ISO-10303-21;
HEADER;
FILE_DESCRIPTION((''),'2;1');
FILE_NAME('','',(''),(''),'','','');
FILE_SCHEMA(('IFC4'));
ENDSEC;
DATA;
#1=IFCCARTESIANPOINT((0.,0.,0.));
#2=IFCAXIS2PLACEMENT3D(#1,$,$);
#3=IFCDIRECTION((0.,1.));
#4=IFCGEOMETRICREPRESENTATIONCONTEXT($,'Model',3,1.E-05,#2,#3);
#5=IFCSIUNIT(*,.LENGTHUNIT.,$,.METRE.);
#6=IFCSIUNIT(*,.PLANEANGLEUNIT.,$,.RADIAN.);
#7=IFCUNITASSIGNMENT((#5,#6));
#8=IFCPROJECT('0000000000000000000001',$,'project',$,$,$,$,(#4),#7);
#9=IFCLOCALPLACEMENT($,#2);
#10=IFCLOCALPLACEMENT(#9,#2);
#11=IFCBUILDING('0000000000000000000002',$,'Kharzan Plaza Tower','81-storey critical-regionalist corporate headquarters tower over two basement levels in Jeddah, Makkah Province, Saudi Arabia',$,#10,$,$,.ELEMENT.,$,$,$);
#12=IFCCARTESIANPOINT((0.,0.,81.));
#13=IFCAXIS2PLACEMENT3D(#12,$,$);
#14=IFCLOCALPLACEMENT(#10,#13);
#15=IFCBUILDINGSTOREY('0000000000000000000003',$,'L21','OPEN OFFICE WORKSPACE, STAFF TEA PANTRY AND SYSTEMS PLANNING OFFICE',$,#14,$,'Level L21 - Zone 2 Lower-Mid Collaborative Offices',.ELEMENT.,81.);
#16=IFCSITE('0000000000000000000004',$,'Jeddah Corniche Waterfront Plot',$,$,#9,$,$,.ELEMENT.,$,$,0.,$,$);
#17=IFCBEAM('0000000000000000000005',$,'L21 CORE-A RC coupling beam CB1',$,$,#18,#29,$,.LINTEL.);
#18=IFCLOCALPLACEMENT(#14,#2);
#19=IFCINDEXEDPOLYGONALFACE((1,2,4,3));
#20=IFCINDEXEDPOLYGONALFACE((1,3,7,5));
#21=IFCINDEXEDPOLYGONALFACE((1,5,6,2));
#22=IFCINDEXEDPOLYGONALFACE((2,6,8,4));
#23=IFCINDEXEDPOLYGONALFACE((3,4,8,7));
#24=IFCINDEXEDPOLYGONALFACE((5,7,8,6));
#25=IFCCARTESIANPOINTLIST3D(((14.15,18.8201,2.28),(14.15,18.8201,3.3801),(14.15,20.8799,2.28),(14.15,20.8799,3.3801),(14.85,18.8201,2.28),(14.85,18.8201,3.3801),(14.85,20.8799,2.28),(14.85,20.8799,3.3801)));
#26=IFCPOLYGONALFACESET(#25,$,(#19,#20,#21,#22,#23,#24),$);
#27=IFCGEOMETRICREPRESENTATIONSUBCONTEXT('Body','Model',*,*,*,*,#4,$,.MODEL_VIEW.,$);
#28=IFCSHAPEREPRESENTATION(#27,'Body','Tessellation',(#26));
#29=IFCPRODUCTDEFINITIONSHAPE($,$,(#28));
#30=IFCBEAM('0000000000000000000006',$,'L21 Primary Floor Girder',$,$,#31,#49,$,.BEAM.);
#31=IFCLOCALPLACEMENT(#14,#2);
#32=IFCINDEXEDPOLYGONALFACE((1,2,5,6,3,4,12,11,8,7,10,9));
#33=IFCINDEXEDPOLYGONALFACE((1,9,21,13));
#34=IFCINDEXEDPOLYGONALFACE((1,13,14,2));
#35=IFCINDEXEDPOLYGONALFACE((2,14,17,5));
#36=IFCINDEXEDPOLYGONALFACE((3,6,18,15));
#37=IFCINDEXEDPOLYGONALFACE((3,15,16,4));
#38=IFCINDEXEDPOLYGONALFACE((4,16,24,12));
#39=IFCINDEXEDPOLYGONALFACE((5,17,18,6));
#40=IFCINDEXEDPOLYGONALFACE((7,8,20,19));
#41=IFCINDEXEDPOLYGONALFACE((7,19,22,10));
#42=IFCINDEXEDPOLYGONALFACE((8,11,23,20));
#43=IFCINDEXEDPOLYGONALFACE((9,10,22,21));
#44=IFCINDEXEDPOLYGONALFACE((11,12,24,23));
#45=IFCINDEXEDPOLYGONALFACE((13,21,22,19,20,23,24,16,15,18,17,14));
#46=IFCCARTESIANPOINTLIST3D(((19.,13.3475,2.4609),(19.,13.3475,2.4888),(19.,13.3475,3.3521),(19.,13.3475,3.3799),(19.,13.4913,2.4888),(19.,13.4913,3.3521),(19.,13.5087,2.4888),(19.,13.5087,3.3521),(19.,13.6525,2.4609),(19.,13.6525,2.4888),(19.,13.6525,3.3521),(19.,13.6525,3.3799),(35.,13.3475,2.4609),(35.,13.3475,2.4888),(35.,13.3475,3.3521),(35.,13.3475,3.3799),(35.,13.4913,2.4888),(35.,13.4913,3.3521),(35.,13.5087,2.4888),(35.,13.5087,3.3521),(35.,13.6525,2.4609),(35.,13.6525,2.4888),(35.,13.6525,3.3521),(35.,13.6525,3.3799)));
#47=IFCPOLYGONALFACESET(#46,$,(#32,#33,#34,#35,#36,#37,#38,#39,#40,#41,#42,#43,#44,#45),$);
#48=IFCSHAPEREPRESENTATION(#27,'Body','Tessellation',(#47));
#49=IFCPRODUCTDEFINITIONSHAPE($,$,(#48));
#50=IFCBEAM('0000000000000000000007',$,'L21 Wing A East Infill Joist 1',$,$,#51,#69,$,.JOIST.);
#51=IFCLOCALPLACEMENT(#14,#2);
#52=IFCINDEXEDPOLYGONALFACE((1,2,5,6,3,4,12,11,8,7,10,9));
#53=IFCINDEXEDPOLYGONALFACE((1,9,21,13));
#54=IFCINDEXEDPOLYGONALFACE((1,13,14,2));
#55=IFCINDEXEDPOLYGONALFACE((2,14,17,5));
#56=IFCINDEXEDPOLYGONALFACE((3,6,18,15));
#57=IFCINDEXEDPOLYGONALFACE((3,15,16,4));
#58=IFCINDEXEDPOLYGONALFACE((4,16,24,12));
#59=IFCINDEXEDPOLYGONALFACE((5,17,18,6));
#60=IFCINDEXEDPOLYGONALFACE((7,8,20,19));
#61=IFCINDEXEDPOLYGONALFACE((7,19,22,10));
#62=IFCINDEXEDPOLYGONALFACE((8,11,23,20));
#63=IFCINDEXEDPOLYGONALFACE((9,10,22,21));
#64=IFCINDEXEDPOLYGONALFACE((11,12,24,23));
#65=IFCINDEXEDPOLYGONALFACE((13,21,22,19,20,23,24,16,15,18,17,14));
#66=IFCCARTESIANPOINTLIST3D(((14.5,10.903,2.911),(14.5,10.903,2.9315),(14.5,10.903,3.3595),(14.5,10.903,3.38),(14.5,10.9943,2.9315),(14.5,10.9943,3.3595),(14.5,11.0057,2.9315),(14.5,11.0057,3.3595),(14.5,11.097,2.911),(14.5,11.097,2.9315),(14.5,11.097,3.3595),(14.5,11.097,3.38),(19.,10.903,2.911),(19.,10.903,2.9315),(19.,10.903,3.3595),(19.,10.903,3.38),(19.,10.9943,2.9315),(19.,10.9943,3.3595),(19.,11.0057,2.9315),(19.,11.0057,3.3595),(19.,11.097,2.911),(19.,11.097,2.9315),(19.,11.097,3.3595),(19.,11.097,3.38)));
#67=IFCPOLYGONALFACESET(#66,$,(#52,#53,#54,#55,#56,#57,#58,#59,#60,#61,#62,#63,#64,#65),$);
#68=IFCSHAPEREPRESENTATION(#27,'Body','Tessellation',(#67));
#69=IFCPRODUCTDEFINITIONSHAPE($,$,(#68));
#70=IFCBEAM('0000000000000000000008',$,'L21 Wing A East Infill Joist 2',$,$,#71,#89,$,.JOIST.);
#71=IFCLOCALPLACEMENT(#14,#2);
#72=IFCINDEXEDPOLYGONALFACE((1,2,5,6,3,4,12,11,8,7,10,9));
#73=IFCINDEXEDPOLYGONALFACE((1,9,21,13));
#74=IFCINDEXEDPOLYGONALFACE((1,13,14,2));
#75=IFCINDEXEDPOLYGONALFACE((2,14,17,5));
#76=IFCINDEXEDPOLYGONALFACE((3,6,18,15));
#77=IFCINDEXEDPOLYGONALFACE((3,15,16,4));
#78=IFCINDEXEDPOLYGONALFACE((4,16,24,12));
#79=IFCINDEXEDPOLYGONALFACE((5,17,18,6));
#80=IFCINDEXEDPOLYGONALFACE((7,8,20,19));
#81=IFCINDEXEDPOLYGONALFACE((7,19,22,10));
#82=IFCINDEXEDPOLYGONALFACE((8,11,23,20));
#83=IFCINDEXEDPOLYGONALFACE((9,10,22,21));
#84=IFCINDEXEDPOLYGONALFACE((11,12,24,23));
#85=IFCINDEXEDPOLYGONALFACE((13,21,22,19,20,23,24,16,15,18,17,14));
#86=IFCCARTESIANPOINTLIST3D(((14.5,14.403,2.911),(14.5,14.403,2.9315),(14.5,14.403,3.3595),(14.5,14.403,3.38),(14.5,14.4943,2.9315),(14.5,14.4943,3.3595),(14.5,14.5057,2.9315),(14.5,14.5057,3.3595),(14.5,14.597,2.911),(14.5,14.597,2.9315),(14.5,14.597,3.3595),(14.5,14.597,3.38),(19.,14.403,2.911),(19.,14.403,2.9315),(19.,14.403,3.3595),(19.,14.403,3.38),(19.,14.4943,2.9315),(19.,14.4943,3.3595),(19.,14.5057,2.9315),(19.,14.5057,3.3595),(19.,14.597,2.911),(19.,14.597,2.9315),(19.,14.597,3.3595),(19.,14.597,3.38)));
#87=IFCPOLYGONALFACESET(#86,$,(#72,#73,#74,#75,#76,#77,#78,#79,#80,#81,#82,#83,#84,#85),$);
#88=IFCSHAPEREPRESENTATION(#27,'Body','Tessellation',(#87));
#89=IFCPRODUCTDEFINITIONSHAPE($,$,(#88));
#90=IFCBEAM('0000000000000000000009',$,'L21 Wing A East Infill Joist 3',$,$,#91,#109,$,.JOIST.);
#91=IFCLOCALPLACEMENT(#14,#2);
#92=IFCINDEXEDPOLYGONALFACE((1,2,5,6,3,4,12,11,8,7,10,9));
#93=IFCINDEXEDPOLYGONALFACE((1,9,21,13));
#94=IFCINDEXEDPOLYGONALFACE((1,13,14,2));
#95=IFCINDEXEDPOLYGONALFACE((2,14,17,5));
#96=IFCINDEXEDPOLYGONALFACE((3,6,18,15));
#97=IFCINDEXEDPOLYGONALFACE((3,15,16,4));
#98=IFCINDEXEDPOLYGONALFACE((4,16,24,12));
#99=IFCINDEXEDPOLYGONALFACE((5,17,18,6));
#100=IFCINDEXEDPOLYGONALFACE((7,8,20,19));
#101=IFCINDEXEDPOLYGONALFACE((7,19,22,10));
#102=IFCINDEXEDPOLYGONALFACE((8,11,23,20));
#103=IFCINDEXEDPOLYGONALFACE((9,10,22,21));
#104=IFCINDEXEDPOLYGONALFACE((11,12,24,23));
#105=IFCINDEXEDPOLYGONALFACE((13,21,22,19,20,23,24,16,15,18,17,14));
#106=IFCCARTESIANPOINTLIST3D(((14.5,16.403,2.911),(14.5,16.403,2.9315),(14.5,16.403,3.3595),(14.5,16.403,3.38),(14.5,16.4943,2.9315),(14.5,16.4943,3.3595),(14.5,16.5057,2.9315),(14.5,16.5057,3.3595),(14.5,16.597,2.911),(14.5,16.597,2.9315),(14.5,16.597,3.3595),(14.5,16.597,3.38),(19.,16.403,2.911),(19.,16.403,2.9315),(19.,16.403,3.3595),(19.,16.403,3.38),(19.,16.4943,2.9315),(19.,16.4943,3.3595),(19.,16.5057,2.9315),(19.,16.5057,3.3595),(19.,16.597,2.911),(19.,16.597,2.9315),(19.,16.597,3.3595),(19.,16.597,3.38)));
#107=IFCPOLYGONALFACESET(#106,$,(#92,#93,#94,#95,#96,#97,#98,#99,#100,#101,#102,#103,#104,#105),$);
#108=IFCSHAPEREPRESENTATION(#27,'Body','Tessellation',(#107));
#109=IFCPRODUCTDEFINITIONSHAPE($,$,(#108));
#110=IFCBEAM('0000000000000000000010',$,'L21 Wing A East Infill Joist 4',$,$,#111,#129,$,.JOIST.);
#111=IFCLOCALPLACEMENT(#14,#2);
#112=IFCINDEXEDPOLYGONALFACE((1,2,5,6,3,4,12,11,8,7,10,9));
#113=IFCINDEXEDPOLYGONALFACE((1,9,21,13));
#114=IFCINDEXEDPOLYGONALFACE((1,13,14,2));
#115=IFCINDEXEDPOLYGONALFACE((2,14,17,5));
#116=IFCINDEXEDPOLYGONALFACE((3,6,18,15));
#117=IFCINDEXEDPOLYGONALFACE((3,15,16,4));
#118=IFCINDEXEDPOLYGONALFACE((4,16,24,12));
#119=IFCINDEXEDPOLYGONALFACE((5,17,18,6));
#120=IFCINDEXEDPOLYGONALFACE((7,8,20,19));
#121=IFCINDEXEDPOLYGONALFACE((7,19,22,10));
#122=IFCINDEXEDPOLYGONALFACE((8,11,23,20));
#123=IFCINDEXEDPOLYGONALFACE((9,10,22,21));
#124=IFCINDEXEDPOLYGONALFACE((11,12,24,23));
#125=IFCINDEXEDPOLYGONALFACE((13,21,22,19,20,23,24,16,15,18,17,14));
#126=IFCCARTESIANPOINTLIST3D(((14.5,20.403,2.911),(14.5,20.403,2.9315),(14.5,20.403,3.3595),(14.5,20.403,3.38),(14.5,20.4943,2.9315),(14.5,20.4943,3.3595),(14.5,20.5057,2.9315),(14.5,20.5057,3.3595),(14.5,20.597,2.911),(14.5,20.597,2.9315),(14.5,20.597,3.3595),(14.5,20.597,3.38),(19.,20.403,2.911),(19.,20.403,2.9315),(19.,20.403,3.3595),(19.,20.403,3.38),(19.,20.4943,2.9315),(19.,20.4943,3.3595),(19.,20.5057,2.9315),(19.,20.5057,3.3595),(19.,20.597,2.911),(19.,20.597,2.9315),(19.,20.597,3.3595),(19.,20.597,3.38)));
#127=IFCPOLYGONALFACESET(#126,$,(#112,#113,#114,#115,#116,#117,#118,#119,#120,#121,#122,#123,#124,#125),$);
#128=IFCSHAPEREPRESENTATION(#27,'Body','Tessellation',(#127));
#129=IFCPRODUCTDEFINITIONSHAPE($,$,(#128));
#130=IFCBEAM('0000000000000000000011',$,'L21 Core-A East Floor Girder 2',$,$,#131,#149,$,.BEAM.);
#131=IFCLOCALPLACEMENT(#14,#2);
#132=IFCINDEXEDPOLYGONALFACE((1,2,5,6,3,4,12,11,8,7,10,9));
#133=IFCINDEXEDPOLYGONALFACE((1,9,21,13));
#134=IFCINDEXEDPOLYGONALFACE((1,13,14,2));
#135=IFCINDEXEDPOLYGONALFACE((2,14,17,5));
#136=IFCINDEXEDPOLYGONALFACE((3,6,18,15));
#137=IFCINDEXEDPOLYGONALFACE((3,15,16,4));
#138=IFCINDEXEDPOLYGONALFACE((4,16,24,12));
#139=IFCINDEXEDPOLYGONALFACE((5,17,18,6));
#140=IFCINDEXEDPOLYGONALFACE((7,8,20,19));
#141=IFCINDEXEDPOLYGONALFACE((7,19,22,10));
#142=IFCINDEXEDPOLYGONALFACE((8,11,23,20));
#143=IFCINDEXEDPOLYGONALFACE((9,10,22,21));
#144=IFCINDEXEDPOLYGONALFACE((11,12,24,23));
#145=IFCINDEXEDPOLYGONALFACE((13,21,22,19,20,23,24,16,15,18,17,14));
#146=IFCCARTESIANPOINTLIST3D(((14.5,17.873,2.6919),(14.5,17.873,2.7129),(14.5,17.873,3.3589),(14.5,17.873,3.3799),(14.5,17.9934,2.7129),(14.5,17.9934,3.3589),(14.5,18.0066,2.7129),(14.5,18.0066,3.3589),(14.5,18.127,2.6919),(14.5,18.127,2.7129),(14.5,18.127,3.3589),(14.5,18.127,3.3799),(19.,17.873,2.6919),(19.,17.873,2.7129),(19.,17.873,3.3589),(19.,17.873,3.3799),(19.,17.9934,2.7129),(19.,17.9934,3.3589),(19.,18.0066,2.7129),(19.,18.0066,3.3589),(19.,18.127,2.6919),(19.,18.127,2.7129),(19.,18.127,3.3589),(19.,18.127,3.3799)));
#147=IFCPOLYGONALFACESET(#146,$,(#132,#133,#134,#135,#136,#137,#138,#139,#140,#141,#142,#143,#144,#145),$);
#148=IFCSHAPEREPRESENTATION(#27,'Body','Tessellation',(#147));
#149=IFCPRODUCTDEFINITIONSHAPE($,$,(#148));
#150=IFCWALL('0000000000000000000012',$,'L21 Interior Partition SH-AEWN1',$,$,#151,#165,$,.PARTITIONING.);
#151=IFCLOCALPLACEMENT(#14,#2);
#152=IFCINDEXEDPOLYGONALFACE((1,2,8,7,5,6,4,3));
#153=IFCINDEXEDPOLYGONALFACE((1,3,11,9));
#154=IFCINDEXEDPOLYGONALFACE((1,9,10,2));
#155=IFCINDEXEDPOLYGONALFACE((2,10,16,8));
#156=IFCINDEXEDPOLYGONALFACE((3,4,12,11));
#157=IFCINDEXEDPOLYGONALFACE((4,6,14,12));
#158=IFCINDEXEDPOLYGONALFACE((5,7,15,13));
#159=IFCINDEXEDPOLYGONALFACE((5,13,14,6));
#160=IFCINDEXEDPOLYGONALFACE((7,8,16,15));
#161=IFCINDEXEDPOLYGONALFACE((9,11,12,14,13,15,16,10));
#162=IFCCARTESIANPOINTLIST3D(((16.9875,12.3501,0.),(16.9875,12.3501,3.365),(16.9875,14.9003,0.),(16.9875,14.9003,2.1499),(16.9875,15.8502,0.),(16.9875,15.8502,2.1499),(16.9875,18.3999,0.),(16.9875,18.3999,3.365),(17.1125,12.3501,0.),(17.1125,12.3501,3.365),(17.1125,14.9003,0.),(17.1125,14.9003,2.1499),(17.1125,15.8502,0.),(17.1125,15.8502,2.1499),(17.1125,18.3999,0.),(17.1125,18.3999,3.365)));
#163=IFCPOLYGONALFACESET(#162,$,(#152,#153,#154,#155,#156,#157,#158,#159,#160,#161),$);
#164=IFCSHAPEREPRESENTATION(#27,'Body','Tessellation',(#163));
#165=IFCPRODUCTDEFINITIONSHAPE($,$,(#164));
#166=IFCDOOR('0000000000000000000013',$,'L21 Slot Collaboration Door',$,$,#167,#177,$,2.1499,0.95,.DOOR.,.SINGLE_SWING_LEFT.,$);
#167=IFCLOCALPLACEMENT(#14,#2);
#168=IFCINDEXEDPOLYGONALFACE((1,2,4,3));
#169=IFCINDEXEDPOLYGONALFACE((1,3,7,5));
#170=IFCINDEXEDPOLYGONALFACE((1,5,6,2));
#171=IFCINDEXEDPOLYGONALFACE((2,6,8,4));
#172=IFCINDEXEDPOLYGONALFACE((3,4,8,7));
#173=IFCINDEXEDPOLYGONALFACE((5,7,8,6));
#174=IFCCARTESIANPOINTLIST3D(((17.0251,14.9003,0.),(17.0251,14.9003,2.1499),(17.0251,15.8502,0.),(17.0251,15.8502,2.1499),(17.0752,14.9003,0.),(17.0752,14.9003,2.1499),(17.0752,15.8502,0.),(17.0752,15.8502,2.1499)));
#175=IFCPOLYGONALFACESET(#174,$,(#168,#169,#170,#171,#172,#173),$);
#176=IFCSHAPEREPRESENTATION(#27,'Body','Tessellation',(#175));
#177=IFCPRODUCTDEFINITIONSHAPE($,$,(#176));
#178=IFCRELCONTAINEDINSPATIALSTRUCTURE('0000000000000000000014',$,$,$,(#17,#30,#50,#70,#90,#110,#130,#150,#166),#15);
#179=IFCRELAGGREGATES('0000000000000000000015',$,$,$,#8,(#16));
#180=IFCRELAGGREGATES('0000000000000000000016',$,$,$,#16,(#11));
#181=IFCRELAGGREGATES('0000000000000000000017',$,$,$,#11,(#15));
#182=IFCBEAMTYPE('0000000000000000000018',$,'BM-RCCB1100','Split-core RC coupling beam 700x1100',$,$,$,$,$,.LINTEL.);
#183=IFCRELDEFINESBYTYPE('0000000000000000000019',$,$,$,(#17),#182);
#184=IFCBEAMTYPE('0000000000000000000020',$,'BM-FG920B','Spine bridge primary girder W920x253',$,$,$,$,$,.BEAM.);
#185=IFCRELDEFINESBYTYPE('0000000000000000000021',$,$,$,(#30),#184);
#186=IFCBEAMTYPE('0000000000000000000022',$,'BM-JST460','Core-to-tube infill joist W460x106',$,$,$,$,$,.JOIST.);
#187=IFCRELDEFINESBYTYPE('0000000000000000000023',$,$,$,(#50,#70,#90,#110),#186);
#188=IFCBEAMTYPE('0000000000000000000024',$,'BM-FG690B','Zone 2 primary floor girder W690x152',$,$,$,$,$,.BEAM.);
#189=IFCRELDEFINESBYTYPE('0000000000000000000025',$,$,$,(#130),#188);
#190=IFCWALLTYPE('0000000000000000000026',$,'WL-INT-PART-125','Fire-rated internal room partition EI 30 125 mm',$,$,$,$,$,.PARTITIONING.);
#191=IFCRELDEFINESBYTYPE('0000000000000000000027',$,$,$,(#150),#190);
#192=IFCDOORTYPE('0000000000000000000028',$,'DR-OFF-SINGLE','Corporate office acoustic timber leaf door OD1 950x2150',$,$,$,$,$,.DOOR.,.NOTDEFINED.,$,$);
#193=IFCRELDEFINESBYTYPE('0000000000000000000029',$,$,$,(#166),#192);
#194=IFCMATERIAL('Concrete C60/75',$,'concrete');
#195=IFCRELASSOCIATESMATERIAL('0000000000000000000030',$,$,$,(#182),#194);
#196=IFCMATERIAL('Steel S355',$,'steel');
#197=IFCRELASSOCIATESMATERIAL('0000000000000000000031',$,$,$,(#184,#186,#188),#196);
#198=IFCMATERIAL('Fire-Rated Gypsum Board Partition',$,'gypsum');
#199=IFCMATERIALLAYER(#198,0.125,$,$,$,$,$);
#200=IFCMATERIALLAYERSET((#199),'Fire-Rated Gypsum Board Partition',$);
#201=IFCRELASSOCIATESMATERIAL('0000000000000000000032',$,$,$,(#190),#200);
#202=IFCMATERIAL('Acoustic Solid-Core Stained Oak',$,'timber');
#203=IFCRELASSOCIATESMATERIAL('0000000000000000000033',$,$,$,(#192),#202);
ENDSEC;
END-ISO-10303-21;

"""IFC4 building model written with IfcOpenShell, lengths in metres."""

from ifc_helpers import new_model, si_unit, direction, frame, frame_2d, origin, origin_2d, place, context, subcontext, project, spatial, rectangle, i_section, extrude, source, transform, mapped, material, layer, layer_set, material_profile, profile_set, type_object, element, fill, save


model = new_model("IFC4")

# Units and contexts
model_context = context("Model", 3, precision=1e-05, world=origin(), true_north=direction((0.0, 1.0)))
body_context = subcontext(model_context, "Body", "Model", "MODEL_VIEW")
ifc_project = project(units=[si_unit("LENGTHUNIT", "METRE"), si_unit("PLANEANGLEUNIT", "RADIAN")], contexts=[model_context])

# Site, building, storey
site_placement = place(None, origin())
site = spatial("IfcSite", under=ifc_project, at=site_placement, Name="Jeddah Corniche Waterfront Plot", CompositionType="ELEMENT", RefElevation=0.0)
building_placement = place(site_placement, origin())
building = spatial("IfcBuilding", under=site, at=building_placement, Name="Kharzan Plaza Tower", Description="81-storey critical-regionalist corporate headquarters tower over two basement levels in Jeddah, Makkah Province, Saudi Arabia", CompositionType="ELEMENT")
storey_placement = place(building_placement, frame((0.0, 0.0, 81.0)))
storey = spatial("IfcBuildingStorey", under=building, at=storey_placement, Name="L21", Description="OPEN OFFICE WORKSPACE, STAFF TEA PANTRY AND SYSTEMS PLANNING OFFICE", LongName="Level L21 - Zone 2 Lower-Mid Collaborative Offices", CompositionType="ELEMENT", Elevation=81.0)

# Beams
ifc_material_1 = material(Name="Concrete C60/75", Category="concrete")
ifc_material_profile_1 = material_profile(ifc_material_1, rectangle(XDim=0.7, YDim=1.1001, at=origin_2d()), Name="RC-CB1100x700")
ifc_profile_set_1 = profile_set([ifc_material_profile_1], Name="Concrete C60/75")
beam_type_1 = type_object("IfcBeamType", Name="BM-RCCB1100", Description="Split-core RC coupling beam 700x1100", PredefinedType="LINTEL", material=ifc_profile_set_1)
shared_shape_1 = source(origin(), body_context, "Body", "SweptSolid", [
    extrude(rectangle(XDim=0.7, YDim=1.1001, at=origin_2d()), origin(), (0.0, 0.0, 1.0), 2.0598),
])
beam_1_placement = place(storey_placement, frame((14.5, 18.8201, 2.8301), z_axis=(0.0, 1.0, 0.0), x_axis=(-1.0, 0.0, 0.0)))
element("IfcBeam", 1, at=beam_1_placement, inside=storey, type_object=beam_type_1, Name="L21 CORE-A RC coupling beam CB1", PredefinedType="LINTEL", context=body_context, shape_type="MappedRepresentation", body=[
    mapped(shared_shape_1, transform((0.0, 0.0, 0.0), x_axis=(1.0, 0.0, 0.0), y_axis=(0.0, 1.0, 0.0), z_axis=(0.0, 0.0, 1.0))),
])
ifc_material_2 = material(Name="Steel S355", Category="steel")
ifc_material_profile_2 = material_profile(ifc_material_2, i_section(OverallWidth=0.3049, OverallDepth=0.9189, WebThickness=0.0173, FlangeThickness=0.0278, at=origin_2d()), Name="W920x253")
ifc_profile_set_2 = profile_set([ifc_material_profile_2], Name="Steel S355")
beam_type_2 = type_object("IfcBeamType", Name="BM-FG920B", Description="Spine bridge primary girder W920x253", PredefinedType="BEAM", material=ifc_profile_set_2)
shared_shape_2 = source(origin(), body_context, "Body", "SweptSolid", [
    extrude(i_section(OverallWidth=0.3049, OverallDepth=0.9189, WebThickness=0.0173, FlangeThickness=0.0278, at=origin_2d()), origin(), (0.0, 0.0, 1.0), 16.0),
])
beam_2_placement = place(storey_placement, frame((19.0, 13.5, 2.9204), z_axis=(1.0, 0.0, 0.0), x_axis=(0.0, 1.0, 0.0)))
element("IfcBeam", 2, at=beam_2_placement, inside=storey, type_object=beam_type_2, Name="L21 Primary Floor Girder", PredefinedType="BEAM", context=body_context, shape_type="MappedRepresentation", body=[
    mapped(shared_shape_2, transform((0.0, 0.0, 0.0), x_axis=(1.0, 0.0, 0.0), y_axis=(0.0, 1.0, 0.0), z_axis=(0.0, 0.0, 1.0))),
])
ifc_material_profile_3 = material_profile(ifc_material_2, i_section(OverallWidth=0.1941, OverallDepth=0.469, WebThickness=0.0115, FlangeThickness=0.0205, at=origin_2d()), Name="W460x106")
ifc_profile_set_3 = profile_set([ifc_material_profile_3], Name="Steel S355")
beam_type_3 = type_object("IfcBeamType", Name="BM-JST460", Description="Core-to-tube infill joist W460x106", PredefinedType="JOIST", material=ifc_profile_set_3)
shared_shape_3 = source(origin(), body_context, "Body", "SweptSolid", [
    extrude(i_section(OverallWidth=0.1941, OverallDepth=0.469, WebThickness=0.0115, FlangeThickness=0.0205, at=origin_2d()), origin(), (0.0, 0.0, 1.0), 4.5),
])
for number, where, z_axis, x_axis, name in (
    (3, (14.5, 11.0, 3.1455), (1.0, 0.0, 0.0), (0.0, 1.0, 0.0), "L21 Wing A East Infill Joist 1"),
    (4, (14.5, 14.5, 3.1455), (1.0, 0.0, 0.0), (0.0, 1.0, 0.0), "L21 Wing A East Infill Joist 2"),
    (5, (14.5, 16.5, 3.1455), (1.0, 0.0, 0.0), (0.0, 1.0, 0.0), "L21 Wing A East Infill Joist 3"),
    (6, (14.5, 20.5, 3.1455), (1.0, 0.0, 0.0), (0.0, 1.0, 0.0), "L21 Wing A East Infill Joist 4"),
):
    element("IfcBeam", number, at=place(storey_placement, frame(where, z_axis=z_axis, x_axis=x_axis)), inside=storey, type_object=beam_type_3, Name=name, PredefinedType="JOIST", context=body_context, shape_type="MappedRepresentation", body=[
        mapped(shared_shape_3, transform((0.0, 0.0, 0.0), x_axis=(1.0, 0.0, 0.0), y_axis=(0.0, 1.0, 0.0), z_axis=(0.0, 0.0, 1.0))),
    ])
ifc_material_profile_4 = material_profile(ifc_material_2, i_section(OverallWidth=0.2539, OverallDepth=0.688, WebThickness=0.0132, FlangeThickness=0.021, at=origin_2d()), Name="W690x152")
ifc_profile_set_4 = profile_set([ifc_material_profile_4], Name="Steel S355")
beam_type_4 = type_object("IfcBeamType", Name="BM-FG690B", Description="Zone 2 primary floor girder W690x152", PredefinedType="BEAM", material=ifc_profile_set_4)
shared_shape_4 = source(origin(), body_context, "Body", "SweptSolid", [
    extrude(i_section(OverallWidth=0.2539, OverallDepth=0.688, WebThickness=0.0132, FlangeThickness=0.021, at=origin_2d()), origin(), (0.0, 0.0, 1.0), 4.5),
])
beam_3_placement = place(storey_placement, frame((14.5, 18.0, 3.0359), z_axis=(1.0, 0.0, 0.0), x_axis=(0.0, 1.0, 0.0)))
element("IfcBeam", 7, at=beam_3_placement, inside=storey, type_object=beam_type_4, Name="L21 Core-A East Floor Girder 2", PredefinedType="BEAM", context=body_context, shape_type="MappedRepresentation", body=[
    mapped(shared_shape_4, transform((0.0, 0.0, 0.0), x_axis=(1.0, 0.0, 0.0), y_axis=(0.0, 1.0, 0.0), z_axis=(0.0, 0.0, 1.0))),
])

# Wall, opening, door
ifc_material_3 = material(Name="Fire-Rated Gypsum Board Partition", Category="gypsum")
ifc_layer_1 = layer(ifc_material_3, 0.125)
ifc_layer_set_1 = layer_set([ifc_layer_1], Name="Fire-Rated Gypsum Board Partition")
wall_type_1 = type_object("IfcWallType", Name="WL-INT-PART-125", Description="Fire-rated internal room partition EI 30 125 mm", PredefinedType="PARTITIONING", material=ifc_layer_set_1)
wall_1_placement = place(storey_placement, frame((17.05, 12.3501, 0.0), z_axis=(0.0, 0.0, 1.0), x_axis=(0.0, 1.0, 0.0)))
wall_1 = element("IfcWall", 8, at=wall_1_placement, inside=storey, type_object=wall_type_1, Name="L21 Interior Partition SH-AEWN1", PredefinedType="PARTITIONING", context=body_context, shape_type="SweptSolid", body=[
    extrude(rectangle(XDim=6.0498, YDim=0.125, at=frame_2d((3.0249, 0.0))), origin(), (0.0, 0.0, 1.0), 3.365),
])
opening_1_placement = place(wall_1_placement, frame((2.55, 0.0, 0.0)))
opening_1 = element("IfcOpeningElement", 9, at=opening_1_placement, cuts=wall_1, PredefinedType="OPENING", context=body_context, shape_type="SweptSolid", body=[
    extrude(rectangle(XDim=0.95, YDim=2.1499, at=frame_2d((0.4751, 1.075))), frame((0.0, 0.0725, 0.0), z_axis=(0.0, -1.0, 0.0), x_axis=(1.0, 0.0, 0.0)), (0.0, 0.0, 1.0), 0.145),
])
ifc_material_4 = material(Name="Acoustic Solid-Core Stained Oak", Category="timber")
door_type_1 = type_object("IfcDoorType", Name="DR-OFF-SINGLE", Description="Corporate office acoustic timber leaf door OD1 950x2150", OperationType="NOTDEFINED", PredefinedType="DOOR", material=ifc_material_4)
shared_shape_5 = source(origin(), body_context, "Body", "SweptSolid", [
    extrude(rectangle(XDim=0.95, YDim=2.1499, at=frame_2d((0.4751, 1.075))), frame((0.0, 0.0249, 0.0), z_axis=(0.0, -1.0, 0.0), x_axis=(1.0, 0.0, 0.0)), (0.0, 0.0, 1.0), 0.05),
])
door_1_placement = place(opening_1_placement, origin())
door_1 = element("IfcDoor", 10, at=door_1_placement, inside=storey, type_object=door_type_1, Name="L21 Slot Collaboration Door", OperationType="SINGLE_SWING_LEFT", OverallHeight=2.1499, OverallWidth=0.95, PredefinedType="DOOR", context=body_context, shape_type="MappedRepresentation", body=[
    mapped(shared_shape_5, transform((0.0, 0.0, 0.0), x_axis=(1.0, 0.0, 0.0), y_axis=(0.0, 1.0, 0.0), z_axis=(0.0, 0.0, 1.0))),
])
fill(opening_1, door_1)

save(model, "model.ifc")
